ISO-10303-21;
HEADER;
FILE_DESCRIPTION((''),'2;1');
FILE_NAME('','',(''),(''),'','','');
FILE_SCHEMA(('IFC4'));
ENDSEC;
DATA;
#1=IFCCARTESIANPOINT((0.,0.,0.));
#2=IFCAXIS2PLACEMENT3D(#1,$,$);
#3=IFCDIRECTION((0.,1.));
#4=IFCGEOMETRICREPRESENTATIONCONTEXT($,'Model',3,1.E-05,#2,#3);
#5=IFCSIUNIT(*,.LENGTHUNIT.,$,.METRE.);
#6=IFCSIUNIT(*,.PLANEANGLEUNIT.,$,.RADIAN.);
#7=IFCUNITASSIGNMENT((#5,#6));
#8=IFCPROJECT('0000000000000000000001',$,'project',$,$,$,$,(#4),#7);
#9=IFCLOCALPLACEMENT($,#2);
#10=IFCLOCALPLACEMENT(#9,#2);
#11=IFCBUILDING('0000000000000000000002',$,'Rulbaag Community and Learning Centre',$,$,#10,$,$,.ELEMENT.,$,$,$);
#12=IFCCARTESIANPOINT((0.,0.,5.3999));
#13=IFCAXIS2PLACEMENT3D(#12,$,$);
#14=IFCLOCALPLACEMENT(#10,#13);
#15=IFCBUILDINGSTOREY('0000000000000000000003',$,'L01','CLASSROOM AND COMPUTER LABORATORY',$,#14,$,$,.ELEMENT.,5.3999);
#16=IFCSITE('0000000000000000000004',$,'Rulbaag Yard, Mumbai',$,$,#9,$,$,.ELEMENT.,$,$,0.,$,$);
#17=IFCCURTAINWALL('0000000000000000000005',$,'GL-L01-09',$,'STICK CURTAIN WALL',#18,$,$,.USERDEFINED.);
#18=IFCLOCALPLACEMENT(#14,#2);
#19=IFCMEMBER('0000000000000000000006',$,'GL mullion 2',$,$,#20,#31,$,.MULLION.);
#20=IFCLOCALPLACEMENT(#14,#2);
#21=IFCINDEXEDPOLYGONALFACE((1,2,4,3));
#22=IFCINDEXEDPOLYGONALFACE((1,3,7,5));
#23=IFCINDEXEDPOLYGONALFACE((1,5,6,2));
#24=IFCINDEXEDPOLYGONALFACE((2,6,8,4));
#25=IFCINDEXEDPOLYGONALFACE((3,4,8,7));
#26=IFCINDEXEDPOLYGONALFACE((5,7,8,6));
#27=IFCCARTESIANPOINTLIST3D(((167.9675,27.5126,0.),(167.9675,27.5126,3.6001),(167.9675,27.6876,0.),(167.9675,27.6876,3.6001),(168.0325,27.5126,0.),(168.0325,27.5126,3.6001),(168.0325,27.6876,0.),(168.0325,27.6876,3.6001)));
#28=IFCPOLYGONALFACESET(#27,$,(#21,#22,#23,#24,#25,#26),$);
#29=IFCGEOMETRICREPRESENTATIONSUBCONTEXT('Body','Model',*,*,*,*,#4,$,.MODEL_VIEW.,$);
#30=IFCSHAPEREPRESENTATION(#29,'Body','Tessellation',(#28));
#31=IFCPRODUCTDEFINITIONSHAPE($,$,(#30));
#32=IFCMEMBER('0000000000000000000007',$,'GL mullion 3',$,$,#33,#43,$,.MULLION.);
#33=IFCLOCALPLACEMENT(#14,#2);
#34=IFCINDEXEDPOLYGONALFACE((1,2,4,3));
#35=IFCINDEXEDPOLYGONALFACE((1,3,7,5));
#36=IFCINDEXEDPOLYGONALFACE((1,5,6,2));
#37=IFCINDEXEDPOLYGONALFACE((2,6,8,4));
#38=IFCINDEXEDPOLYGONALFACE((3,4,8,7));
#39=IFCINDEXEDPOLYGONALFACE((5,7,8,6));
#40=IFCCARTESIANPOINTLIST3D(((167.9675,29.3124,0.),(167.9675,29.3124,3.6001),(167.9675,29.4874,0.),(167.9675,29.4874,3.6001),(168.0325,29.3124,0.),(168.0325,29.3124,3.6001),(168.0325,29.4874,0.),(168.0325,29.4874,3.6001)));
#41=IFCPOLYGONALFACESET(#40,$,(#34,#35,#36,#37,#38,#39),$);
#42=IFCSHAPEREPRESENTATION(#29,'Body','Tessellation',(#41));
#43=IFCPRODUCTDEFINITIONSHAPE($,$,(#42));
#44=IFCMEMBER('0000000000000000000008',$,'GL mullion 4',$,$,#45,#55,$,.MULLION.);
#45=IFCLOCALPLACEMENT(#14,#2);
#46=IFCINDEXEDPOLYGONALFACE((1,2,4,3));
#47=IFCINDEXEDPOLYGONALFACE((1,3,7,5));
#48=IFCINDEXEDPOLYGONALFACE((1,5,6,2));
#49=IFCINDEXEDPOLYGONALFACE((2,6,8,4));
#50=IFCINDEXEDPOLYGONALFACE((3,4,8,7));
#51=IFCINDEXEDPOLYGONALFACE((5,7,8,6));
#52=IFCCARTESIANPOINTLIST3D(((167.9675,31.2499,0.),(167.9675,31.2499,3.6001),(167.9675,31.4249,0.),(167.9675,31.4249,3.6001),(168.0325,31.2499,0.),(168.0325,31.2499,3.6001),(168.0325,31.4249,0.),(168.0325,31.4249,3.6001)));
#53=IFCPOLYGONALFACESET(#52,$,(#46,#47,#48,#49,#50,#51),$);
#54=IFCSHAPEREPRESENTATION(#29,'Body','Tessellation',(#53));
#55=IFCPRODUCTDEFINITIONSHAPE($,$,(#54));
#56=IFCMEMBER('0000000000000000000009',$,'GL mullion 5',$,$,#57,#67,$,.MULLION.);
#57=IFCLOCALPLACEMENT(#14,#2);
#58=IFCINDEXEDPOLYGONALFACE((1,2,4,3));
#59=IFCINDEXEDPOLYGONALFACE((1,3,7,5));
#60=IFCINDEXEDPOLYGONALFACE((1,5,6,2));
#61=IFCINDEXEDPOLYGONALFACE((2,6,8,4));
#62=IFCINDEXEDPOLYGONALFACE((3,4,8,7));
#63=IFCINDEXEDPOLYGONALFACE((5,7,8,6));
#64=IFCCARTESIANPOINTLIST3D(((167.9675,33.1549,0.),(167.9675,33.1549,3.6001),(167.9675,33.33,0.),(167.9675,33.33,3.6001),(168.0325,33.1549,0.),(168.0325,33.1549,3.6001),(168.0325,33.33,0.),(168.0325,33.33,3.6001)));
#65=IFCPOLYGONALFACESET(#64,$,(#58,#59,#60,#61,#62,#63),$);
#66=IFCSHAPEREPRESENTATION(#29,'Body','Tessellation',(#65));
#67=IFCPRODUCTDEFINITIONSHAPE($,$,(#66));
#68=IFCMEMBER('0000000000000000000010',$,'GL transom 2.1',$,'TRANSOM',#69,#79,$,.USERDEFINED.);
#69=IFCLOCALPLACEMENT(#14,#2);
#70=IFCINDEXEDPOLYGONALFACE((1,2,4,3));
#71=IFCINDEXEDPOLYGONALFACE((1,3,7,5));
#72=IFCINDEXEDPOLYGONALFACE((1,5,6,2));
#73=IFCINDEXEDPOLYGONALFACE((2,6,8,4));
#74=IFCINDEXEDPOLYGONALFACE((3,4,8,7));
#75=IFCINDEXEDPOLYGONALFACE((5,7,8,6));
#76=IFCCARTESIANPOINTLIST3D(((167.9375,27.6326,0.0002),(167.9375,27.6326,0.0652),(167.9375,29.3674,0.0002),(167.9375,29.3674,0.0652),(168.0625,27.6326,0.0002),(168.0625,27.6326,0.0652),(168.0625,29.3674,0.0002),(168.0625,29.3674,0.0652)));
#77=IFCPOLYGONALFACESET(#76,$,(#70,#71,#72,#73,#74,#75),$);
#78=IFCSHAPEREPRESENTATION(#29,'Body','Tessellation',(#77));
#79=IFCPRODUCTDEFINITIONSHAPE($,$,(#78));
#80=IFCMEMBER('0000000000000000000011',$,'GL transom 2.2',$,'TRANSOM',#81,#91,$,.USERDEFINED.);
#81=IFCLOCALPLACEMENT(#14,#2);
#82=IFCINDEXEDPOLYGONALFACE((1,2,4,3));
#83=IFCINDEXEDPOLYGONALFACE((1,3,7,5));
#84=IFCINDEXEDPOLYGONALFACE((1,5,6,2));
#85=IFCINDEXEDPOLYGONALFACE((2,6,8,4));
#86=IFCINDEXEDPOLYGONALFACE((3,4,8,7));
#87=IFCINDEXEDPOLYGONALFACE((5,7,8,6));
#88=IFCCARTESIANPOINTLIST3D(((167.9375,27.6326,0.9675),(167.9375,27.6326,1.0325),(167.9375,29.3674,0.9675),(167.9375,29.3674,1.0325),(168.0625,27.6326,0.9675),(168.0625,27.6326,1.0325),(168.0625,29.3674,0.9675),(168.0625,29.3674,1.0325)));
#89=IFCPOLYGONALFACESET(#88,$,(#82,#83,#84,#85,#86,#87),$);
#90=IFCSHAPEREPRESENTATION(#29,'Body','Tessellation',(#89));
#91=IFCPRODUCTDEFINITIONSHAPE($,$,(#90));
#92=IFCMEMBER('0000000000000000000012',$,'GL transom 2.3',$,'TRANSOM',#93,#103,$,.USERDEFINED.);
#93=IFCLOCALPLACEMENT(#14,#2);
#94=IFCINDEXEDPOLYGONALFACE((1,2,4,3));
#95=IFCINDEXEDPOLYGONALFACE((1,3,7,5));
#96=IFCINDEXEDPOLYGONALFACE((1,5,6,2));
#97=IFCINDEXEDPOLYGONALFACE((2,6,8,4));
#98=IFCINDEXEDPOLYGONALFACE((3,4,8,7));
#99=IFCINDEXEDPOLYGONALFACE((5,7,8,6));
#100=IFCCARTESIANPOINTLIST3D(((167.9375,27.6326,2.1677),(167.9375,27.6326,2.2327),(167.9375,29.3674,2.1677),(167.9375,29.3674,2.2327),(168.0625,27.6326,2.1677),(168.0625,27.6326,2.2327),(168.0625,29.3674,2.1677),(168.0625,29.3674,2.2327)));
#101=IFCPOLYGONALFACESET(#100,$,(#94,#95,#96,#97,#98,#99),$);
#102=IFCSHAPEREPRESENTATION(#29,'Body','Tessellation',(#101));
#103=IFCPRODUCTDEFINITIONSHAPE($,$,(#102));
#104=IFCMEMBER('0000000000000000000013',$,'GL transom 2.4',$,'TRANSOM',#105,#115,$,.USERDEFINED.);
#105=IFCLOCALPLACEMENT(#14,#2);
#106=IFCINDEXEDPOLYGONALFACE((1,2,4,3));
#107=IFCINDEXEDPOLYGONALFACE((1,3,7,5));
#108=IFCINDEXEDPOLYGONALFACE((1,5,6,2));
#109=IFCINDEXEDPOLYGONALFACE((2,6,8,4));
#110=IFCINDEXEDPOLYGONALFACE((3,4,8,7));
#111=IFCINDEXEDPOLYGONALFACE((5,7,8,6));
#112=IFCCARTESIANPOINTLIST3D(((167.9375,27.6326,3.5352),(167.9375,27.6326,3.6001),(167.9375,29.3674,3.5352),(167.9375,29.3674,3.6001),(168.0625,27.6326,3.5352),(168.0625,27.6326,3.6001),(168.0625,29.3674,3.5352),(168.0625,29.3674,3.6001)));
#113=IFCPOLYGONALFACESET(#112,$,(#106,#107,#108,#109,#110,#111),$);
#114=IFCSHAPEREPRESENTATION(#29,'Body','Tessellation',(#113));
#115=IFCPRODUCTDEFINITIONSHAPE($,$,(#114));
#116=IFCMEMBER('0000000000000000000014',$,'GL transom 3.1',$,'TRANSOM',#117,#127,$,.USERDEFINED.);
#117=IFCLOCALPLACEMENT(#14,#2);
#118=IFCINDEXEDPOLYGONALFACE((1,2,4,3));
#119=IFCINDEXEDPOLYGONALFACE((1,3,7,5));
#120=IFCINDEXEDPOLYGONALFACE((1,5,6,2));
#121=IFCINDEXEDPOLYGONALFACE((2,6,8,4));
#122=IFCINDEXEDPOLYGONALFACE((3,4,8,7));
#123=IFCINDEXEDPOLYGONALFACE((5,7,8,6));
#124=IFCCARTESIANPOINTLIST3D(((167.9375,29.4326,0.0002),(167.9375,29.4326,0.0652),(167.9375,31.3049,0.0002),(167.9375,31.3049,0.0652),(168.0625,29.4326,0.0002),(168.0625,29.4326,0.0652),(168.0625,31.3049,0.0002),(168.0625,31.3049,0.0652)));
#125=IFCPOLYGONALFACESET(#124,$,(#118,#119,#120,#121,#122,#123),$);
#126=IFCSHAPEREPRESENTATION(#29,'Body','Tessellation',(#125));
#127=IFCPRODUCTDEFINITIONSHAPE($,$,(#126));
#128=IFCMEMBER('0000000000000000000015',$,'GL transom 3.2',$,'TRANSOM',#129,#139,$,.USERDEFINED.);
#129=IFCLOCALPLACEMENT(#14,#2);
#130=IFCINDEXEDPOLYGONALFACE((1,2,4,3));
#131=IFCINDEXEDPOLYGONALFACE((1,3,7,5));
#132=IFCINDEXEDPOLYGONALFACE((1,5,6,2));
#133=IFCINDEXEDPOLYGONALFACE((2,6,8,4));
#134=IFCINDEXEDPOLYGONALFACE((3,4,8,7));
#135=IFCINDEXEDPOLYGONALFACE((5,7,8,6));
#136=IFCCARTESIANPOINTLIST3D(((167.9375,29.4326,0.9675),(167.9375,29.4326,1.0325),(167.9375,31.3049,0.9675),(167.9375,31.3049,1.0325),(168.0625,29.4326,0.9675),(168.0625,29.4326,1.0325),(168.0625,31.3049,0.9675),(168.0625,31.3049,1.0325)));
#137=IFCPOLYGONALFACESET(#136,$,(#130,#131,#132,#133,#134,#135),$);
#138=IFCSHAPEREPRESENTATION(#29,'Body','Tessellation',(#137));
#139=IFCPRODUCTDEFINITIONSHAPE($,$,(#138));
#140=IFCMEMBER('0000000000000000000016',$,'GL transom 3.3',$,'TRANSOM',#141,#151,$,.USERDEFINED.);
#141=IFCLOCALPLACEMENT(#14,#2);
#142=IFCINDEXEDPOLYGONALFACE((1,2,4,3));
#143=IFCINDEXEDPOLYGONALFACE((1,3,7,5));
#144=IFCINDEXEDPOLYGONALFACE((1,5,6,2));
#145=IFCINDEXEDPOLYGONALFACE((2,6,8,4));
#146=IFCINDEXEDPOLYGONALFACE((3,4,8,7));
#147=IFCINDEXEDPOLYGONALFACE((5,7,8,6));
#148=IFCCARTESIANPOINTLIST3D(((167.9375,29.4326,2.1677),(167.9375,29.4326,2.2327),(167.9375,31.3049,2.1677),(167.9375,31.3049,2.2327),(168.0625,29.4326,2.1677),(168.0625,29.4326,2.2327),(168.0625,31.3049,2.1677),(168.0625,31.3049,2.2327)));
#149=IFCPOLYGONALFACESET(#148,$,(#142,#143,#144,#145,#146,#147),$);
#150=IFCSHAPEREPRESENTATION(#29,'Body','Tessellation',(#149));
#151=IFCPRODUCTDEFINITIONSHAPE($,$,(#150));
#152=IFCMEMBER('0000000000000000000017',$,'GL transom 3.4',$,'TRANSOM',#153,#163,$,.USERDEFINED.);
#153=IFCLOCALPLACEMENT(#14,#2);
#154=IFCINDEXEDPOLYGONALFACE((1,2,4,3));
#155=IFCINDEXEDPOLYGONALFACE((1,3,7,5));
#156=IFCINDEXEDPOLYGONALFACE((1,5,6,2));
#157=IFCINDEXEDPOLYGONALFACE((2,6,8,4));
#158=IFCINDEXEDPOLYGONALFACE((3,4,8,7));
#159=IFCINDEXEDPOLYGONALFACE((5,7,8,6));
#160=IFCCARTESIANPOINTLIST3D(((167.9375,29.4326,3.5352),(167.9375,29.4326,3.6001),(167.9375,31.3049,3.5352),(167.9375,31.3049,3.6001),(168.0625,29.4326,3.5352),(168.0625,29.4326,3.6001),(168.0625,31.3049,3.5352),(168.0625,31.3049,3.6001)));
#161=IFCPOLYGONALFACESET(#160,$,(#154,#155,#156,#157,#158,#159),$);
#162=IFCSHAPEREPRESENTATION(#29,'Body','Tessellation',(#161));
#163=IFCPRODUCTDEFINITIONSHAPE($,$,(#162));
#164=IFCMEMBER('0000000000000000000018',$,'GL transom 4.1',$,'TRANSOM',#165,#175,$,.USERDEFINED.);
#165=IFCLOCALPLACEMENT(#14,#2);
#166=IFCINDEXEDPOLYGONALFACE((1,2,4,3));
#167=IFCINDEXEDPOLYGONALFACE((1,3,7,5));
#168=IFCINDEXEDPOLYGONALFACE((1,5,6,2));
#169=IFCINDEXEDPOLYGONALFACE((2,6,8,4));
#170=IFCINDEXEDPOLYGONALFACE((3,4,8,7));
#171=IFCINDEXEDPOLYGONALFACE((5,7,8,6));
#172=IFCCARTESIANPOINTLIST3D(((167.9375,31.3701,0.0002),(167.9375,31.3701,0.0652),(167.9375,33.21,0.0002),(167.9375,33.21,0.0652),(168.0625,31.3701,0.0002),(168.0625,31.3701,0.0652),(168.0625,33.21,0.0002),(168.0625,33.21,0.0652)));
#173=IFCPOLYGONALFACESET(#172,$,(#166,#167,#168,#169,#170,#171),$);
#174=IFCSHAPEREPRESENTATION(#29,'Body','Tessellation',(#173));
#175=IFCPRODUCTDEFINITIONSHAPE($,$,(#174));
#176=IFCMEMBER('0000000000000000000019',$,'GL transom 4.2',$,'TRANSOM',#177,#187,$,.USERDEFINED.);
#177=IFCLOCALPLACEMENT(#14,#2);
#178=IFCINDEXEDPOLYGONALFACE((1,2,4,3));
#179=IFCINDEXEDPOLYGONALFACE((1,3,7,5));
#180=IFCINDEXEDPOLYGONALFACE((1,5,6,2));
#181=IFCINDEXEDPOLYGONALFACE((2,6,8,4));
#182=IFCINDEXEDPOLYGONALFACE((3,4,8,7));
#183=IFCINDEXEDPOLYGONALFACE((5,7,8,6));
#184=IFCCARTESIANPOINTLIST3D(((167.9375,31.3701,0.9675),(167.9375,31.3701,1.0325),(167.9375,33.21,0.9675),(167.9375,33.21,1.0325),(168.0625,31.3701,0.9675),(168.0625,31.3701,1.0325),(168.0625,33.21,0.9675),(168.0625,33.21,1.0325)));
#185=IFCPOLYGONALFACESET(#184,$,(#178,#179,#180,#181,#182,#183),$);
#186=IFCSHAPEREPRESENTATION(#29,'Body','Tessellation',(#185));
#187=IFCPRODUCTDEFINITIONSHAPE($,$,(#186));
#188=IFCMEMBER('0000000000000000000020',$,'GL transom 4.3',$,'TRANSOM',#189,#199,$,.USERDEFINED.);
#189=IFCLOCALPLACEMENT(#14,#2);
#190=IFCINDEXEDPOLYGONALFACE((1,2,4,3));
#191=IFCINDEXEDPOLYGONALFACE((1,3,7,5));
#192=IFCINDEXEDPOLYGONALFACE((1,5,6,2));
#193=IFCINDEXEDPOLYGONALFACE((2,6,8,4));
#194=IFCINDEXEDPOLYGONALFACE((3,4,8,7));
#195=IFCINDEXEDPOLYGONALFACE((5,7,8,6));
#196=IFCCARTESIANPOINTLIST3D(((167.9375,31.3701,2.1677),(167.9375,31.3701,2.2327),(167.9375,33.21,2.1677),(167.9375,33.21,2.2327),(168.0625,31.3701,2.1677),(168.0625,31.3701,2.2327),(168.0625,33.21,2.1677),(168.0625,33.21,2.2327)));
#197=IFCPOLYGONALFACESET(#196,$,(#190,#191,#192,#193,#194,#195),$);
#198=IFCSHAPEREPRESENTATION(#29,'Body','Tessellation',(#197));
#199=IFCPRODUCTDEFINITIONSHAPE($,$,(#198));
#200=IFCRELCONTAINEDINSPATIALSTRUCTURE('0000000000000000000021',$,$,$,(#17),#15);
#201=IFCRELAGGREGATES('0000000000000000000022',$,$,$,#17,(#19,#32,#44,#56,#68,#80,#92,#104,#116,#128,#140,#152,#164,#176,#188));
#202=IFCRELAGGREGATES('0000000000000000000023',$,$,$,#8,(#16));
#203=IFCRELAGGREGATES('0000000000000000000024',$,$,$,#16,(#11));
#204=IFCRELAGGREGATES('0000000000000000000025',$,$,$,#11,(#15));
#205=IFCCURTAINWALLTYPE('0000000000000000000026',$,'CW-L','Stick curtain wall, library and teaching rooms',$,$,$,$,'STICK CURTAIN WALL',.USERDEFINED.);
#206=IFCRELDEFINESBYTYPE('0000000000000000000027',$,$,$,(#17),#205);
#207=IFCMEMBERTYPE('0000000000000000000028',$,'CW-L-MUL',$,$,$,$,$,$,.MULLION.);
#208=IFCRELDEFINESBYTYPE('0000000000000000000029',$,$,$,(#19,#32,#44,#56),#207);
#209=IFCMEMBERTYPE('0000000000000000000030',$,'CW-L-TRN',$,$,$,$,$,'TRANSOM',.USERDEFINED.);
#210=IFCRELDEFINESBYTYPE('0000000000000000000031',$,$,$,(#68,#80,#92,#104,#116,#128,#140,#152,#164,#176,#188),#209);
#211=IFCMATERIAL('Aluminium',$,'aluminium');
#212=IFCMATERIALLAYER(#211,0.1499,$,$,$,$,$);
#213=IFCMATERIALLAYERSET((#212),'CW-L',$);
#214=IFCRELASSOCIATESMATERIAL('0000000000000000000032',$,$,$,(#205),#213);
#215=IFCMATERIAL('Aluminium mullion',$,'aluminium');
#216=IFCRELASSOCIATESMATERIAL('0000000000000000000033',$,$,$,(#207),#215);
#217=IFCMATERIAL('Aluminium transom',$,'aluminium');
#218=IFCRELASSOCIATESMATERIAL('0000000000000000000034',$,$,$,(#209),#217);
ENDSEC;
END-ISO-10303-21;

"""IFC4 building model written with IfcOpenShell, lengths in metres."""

from ifc_helpers import new_model, si_unit, direction, frame, origin, origin_2d, place, context, subcontext, project, spatial, rectangle, extrude, material, layer, layer_set, material_profile, profile_set, type_object, element, aggregate, save


model = new_model("IFC4")

# Units and contexts
model_context = context("Model", 3, precision=1e-05, world=origin(), true_north=direction((0.0, 1.0)))
body_context = subcontext(model_context, "Body", "Model", "MODEL_VIEW")
ifc_project = project(units=[si_unit("LENGTHUNIT", "METRE"), si_unit("PLANEANGLEUNIT", "RADIAN")], contexts=[model_context])

# Site, building, storey
site_placement = place(None, origin())
site = spatial("IfcSite", under=ifc_project, at=site_placement, Name="Rulbaag Yard, Mumbai", CompositionType="ELEMENT", RefElevation=0.0)
building_placement = place(site_placement, origin())
building = spatial("IfcBuilding", under=site, at=building_placement, Name="Rulbaag Community and Learning Centre", CompositionType="ELEMENT")
storey_placement = place(building_placement, frame((0.0, 0.0, 5.3999)))
storey = spatial("IfcBuildingStorey", under=building, at=storey_placement, Name="L01", Description="CLASSROOM AND COMPUTER LABORATORY", CompositionType="ELEMENT", Elevation=5.3999)

# Curtain wall, members
ifc_material_1 = material(Name="Aluminium", Category="aluminium")
ifc_layer_1 = layer(ifc_material_1, 0.1499)
ifc_layer_set_1 = layer_set([ifc_layer_1], Name="CW-L")
curtain_wall_type = type_object("IfcCurtainWallType", Name="CW-L", Description="Stick curtain wall, library and teaching rooms", ElementType="STICK CURTAIN WALL", PredefinedType="USERDEFINED", material=ifc_layer_set_1)
curtain_wall_placement = place(storey_placement, origin())
curtain_wall = element("IfcCurtainWall", 1, at=curtain_wall_placement, inside=storey, type_object=curtain_wall_type, Name="GL-L01-09", ObjectType="STICK CURTAIN WALL", PredefinedType="USERDEFINED")
ifc_material_2 = material(Name="Aluminium mullion", Category="aluminium")
ifc_material_profile_1 = material_profile(ifc_material_2, rectangle(XDim=0.0649, YDim=0.175, at=origin_2d()), Name="AL 65x175")
ifc_profile_set_1 = profile_set([ifc_material_profile_1], Name="Aluminium mullion")
member_type_1 = type_object("IfcMemberType", Name="CW-L-MUL", PredefinedType="MULLION", material=ifc_profile_set_1)
member_1_placement = place(storey_placement, frame((168.0, 27.6001, 0.0), z_axis=(0.0, 0.0, 1.0), x_axis=(-1.0, 0.0, 0.0)))
member_1 = element("IfcMember", 2, at=member_1_placement, type_object=member_type_1, Name="GL mullion 2", PredefinedType="MULLION", context=body_context, shape_type="SweptSolid", body=[
    extrude(rectangle(XDim=0.0649, YDim=0.175, at=origin_2d()), origin(), (0.0, 0.0, 1.0), 3.6001),
])
member_2_placement = place(storey_placement, frame((168.0, 29.3999, 0.0), z_axis=(0.0, 0.0, 1.0), x_axis=(-1.0, 0.0, 0.0)))
member_2 = element("IfcMember", 3, at=member_2_placement, type_object=member_type_1, Name="GL mullion 3", PredefinedType="MULLION", context=body_context, shape_type="SweptSolid", body=[
    extrude(rectangle(XDim=0.0649, YDim=0.175, at=origin_2d()), origin(), (0.0, 0.0, 1.0), 3.6001),
])
member_3_placement = place(storey_placement, frame((168.0, 31.3374, 0.0), z_axis=(0.0, 0.0, 1.0), x_axis=(-1.0, 0.0, 0.0)))
member_3 = element("IfcMember", 4, at=member_3_placement, type_object=member_type_1, Name="GL mullion 4", PredefinedType="MULLION", context=body_context, shape_type="SweptSolid", body=[
    extrude(rectangle(XDim=0.0649, YDim=0.175, at=origin_2d()), origin(), (0.0, 0.0, 1.0), 3.6001),
])
member_4_placement = place(storey_placement, frame((168.0, 33.2424, 0.0), z_axis=(0.0, 0.0, 1.0), x_axis=(-1.0, 0.0, 0.0)))
member_4 = element("IfcMember", 5, at=member_4_placement, type_object=member_type_1, Name="GL mullion 5", PredefinedType="MULLION", context=body_context, shape_type="SweptSolid", body=[
    extrude(rectangle(XDim=0.0649, YDim=0.175, at=origin_2d()), origin(), (0.0, 0.0, 1.0), 3.6001),
])
ifc_material_3 = material(Name="Aluminium transom", Category="aluminium")
ifc_material_profile_2 = material_profile(ifc_material_3, rectangle(XDim=0.125, YDim=0.0649, at=origin_2d()), Name="AL 65x125 T")
ifc_profile_set_2 = profile_set([ifc_material_profile_2], Name="Aluminium transom")
member_type_2 = type_object("IfcMemberType", Name="CW-L-TRN", ElementType="TRANSOM", PredefinedType="USERDEFINED", material=ifc_profile_set_2)
member_5_placement = place(storey_placement, frame((168.0, 27.6326, 0.0327), z_axis=(0.0, 1.0, 0.0), x_axis=(-1.0, 0.0, 0.0)))
member_5 = element("IfcMember", 6, at=member_5_placement, type_object=member_type_2, Name="GL transom 2.1", ObjectType="TRANSOM", PredefinedType="USERDEFINED", context=body_context, shape_type="SweptSolid", body=[
    extrude(rectangle(XDim=0.125, YDim=0.0649, at=origin_2d()), origin(), (0.0, 0.0, 1.0), 1.7349),
])
member_6_placement = place(storey_placement, frame((168.0, 27.6326, 1.0), z_axis=(0.0, 1.0, 0.0), x_axis=(-1.0, 0.0, 0.0)))
member_6 = element("IfcMember", 7, at=member_6_placement, type_object=member_type_2, Name="GL transom 2.2", ObjectType="TRANSOM", PredefinedType="USERDEFINED", context=body_context, shape_type="SweptSolid", body=[
    extrude(rectangle(XDim=0.125, YDim=0.0649, at=origin_2d()), origin(), (0.0, 0.0, 1.0), 1.7349),
])
member_7_placement = place(storey_placement, frame((168.0, 27.6326, 2.2002), z_axis=(0.0, 1.0, 0.0), x_axis=(-1.0, 0.0, 0.0)))
member_7 = element("IfcMember", 8, at=member_7_placement, type_object=member_type_2, Name="GL transom 2.3", ObjectType="TRANSOM", PredefinedType="USERDEFINED", context=body_context, shape_type="SweptSolid", body=[
    extrude(rectangle(XDim=0.125, YDim=0.0649, at=origin_2d()), origin(), (0.0, 0.0, 1.0), 1.7349),
])
member_8_placement = place(storey_placement, frame((168.0, 27.6326, 3.5676), z_axis=(0.0, 1.0, 0.0), x_axis=(-1.0, 0.0, 0.0)))
member_8 = element("IfcMember", 9, at=member_8_placement, type_object=member_type_2, Name="GL transom 2.4", ObjectType="TRANSOM", PredefinedType="USERDEFINED", context=body_context, shape_type="SweptSolid", body=[
    extrude(rectangle(XDim=0.125, YDim=0.0649, at=origin_2d()), origin(), (0.0, 0.0, 1.0), 1.7349),
])
member_9_placement = place(storey_placement, frame((168.0, 29.4326, 0.0327), z_axis=(0.0, 1.0, 0.0), x_axis=(-1.0, 0.0, 0.0)))
member_9 = element("IfcMember", 10, at=member_9_placement, type_object=member_type_2, Name="GL transom 3.1", ObjectType="TRANSOM", PredefinedType="USERDEFINED", context=body_context, shape_type="SweptSolid", body=[
    extrude(rectangle(XDim=0.125, YDim=0.0649, at=origin_2d()), origin(), (0.0, 0.0, 1.0), 1.8723),
])
member_10_placement = place(storey_placement, frame((168.0, 29.4326, 1.0), z_axis=(0.0, 1.0, 0.0), x_axis=(-1.0, 0.0, 0.0)))
member_10 = element("IfcMember", 11, at=member_10_placement, type_object=member_type_2, Name="GL transom 3.2", ObjectType="TRANSOM", PredefinedType="USERDEFINED", context=body_context, shape_type="SweptSolid", body=[
    extrude(rectangle(XDim=0.125, YDim=0.0649, at=origin_2d()), origin(), (0.0, 0.0, 1.0), 1.8723),
])
member_11_placement = place(storey_placement, frame((168.0, 29.4326, 2.2002), z_axis=(0.0, 1.0, 0.0), x_axis=(-1.0, 0.0, 0.0)))
member_11 = element("IfcMember", 12, at=member_11_placement, type_object=member_type_2, Name="GL transom 3.3", ObjectType="TRANSOM", PredefinedType="USERDEFINED", context=body_context, shape_type="SweptSolid", body=[
    extrude(rectangle(XDim=0.125, YDim=0.0649, at=origin_2d()), origin(), (0.0, 0.0, 1.0), 1.8723),
])
member_12_placement = place(storey_placement, frame((168.0, 29.4326, 3.5676), z_axis=(0.0, 1.0, 0.0), x_axis=(-1.0, 0.0, 0.0)))
member_12 = element("IfcMember", 13, at=member_12_placement, type_object=member_type_2, Name="GL transom 3.4", ObjectType="TRANSOM", PredefinedType="USERDEFINED", context=body_context, shape_type="SweptSolid", body=[
    extrude(rectangle(XDim=0.125, YDim=0.0649, at=origin_2d()), origin(), (0.0, 0.0, 1.0), 1.8723),
])
member_13_placement = place(storey_placement, frame((168.0, 31.3701, 0.0327), z_axis=(0.0, 1.0, 0.0), x_axis=(-1.0, 0.0, 0.0)))
member_13 = element("IfcMember", 14, at=member_13_placement, type_object=member_type_2, Name="GL transom 4.1", ObjectType="TRANSOM", PredefinedType="USERDEFINED", context=body_context, shape_type="SweptSolid", body=[
    extrude(rectangle(XDim=0.125, YDim=0.0649, at=origin_2d()), origin(), (0.0, 0.0, 1.0), 1.8398),
])
member_14_placement = place(storey_placement, frame((168.0, 31.3701, 1.0), z_axis=(0.0, 1.0, 0.0), x_axis=(-1.0, 0.0, 0.0)))
member_14 = element("IfcMember", 15, at=member_14_placement, type_object=member_type_2, Name="GL transom 4.2", ObjectType="TRANSOM", PredefinedType="USERDEFINED", context=body_context, shape_type="SweptSolid", body=[
    extrude(rectangle(XDim=0.125, YDim=0.0649, at=origin_2d()), origin(), (0.0, 0.0, 1.0), 1.8398),
])
member_15_placement = place(storey_placement, frame((168.0, 31.3701, 2.2002), z_axis=(0.0, 1.0, 0.0), x_axis=(-1.0, 0.0, 0.0)))
member_15 = element("IfcMember", 16, at=member_15_placement, type_object=member_type_2, Name="GL transom 4.3", ObjectType="TRANSOM", PredefinedType="USERDEFINED", context=body_context, shape_type="SweptSolid", body=[
    extrude(rectangle(XDim=0.125, YDim=0.0649, at=origin_2d()), origin(), (0.0, 0.0, 1.0), 1.8398),
])
aggregate(curtain_wall, [member_1, member_2, member_3, member_4, member_5, member_6, member_7, member_8, member_9, member_10, member_11, member_12, member_13, member_14, member_15])

save(model, "model.ifc")
